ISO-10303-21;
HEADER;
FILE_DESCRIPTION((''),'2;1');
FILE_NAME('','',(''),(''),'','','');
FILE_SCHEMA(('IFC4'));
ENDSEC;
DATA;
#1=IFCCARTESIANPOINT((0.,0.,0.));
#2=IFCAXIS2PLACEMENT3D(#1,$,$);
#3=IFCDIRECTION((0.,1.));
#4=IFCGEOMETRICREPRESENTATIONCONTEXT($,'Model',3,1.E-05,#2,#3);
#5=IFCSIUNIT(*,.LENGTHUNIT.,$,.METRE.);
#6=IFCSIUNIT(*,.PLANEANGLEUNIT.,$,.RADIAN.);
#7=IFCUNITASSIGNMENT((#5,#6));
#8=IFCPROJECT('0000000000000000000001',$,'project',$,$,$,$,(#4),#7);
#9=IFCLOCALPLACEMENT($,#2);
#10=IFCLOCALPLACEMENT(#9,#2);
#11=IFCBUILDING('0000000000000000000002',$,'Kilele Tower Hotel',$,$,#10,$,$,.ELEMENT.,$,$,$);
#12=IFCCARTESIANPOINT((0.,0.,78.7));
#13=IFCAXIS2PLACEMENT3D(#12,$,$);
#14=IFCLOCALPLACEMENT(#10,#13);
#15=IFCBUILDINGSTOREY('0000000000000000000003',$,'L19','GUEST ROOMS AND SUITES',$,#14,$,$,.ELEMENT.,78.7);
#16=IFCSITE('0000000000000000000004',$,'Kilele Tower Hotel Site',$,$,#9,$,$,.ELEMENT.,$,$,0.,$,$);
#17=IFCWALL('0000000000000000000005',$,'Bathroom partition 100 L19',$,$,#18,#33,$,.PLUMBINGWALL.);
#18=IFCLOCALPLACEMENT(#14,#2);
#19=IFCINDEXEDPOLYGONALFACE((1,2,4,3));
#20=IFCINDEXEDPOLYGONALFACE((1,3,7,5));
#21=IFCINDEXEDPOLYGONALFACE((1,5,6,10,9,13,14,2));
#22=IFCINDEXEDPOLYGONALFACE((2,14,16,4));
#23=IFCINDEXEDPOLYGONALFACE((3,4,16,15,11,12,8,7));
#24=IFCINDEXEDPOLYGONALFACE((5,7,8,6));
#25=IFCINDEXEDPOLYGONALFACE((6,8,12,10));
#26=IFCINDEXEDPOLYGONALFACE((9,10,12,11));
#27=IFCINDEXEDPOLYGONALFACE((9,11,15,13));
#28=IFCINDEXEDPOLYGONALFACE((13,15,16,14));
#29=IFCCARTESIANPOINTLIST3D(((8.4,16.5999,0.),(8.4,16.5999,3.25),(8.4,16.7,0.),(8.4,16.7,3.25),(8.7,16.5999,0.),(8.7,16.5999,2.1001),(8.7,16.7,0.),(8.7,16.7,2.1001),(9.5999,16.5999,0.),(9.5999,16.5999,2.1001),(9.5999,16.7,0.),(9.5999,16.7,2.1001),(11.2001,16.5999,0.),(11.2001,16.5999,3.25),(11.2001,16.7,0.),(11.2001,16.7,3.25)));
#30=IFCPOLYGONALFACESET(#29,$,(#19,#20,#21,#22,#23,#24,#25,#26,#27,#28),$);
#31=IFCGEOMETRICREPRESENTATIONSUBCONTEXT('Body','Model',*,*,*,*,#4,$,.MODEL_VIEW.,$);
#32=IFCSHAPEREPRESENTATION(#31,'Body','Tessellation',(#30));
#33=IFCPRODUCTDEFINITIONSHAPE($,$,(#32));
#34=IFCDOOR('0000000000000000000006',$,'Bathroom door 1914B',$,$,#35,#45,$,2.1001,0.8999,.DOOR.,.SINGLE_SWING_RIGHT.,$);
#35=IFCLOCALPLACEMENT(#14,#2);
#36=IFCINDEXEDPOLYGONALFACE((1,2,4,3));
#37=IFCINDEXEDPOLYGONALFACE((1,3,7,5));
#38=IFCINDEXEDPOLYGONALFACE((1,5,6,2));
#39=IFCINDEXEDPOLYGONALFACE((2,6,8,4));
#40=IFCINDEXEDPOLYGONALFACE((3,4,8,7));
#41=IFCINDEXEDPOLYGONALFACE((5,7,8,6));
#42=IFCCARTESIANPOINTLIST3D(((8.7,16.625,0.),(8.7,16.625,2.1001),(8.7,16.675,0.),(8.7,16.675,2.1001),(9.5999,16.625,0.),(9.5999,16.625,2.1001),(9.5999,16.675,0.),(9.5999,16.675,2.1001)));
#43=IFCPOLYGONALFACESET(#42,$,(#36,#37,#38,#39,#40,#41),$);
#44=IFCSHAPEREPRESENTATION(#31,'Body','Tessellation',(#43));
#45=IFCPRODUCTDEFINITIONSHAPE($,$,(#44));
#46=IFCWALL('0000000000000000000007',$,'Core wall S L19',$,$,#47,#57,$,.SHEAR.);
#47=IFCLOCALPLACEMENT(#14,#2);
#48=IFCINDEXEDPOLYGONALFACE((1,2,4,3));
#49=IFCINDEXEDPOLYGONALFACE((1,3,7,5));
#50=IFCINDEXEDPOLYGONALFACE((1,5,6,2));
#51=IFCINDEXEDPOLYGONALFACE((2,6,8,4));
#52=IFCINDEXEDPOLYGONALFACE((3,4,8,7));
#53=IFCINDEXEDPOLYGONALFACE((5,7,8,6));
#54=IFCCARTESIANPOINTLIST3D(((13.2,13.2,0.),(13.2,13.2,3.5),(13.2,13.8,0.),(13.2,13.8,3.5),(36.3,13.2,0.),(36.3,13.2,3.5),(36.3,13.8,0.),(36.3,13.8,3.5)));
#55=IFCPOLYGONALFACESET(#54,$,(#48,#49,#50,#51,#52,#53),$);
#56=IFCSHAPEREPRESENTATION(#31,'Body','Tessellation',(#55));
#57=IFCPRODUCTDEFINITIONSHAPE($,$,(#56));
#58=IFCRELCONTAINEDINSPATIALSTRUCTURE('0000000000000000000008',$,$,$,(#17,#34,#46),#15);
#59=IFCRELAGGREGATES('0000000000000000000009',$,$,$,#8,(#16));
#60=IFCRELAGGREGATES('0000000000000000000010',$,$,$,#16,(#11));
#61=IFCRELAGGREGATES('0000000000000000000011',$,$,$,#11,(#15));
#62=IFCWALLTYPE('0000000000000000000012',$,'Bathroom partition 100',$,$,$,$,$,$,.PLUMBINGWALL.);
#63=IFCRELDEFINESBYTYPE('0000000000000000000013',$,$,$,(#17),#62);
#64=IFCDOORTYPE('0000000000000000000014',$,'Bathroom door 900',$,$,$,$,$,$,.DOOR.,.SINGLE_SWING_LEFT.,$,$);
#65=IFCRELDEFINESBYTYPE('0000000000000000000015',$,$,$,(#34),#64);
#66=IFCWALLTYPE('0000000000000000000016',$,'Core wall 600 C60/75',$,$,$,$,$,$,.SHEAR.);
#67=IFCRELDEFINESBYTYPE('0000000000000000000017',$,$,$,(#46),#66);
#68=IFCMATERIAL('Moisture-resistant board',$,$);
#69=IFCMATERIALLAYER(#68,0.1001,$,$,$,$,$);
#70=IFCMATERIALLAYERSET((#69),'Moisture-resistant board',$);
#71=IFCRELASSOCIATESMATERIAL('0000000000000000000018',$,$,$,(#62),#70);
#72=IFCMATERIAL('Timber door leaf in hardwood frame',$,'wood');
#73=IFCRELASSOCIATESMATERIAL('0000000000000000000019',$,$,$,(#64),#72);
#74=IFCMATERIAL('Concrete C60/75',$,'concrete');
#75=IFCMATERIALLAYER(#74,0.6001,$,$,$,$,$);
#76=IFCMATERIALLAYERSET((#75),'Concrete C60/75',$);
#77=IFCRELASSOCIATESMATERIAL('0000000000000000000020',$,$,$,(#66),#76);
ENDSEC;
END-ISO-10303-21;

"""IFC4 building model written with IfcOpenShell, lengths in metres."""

from ifc_helpers import new_model, si_unit, direction, frame, frame_2d, origin, place, context, subcontext, project, spatial, rectangle, extrude, material, layer, layer_set, type_object, element, fill, save


model = new_model("IFC4")

# Units and contexts
model_context = context("Model", 3, precision=1e-05, world=origin(), true_north=direction((0.0, 1.0)))
body_context = subcontext(model_context, "Body", "Model", "MODEL_VIEW")
ifc_project = project(units=[si_unit("LENGTHUNIT", "METRE"), si_unit("PLANEANGLEUNIT", "RADIAN")], contexts=[model_context])

# Site, building, storey
site_placement = place(None, origin())
site = spatial("IfcSite", under=ifc_project, at=site_placement, Name="Kilele Tower Hotel Site", CompositionType="ELEMENT", RefElevation=0.0)
building_placement = place(site_placement, origin())
building = spatial("IfcBuilding", under=site, at=building_placement, Name="Kilele Tower Hotel", CompositionType="ELEMENT")
storey_placement = place(building_placement, frame((0.0, 0.0, 78.7)))
storey = spatial("IfcBuildingStorey", under=building, at=storey_placement, Name="L19", Description="GUEST ROOMS AND SUITES", CompositionType="ELEMENT", Elevation=78.7)

# Wall, opening, door
ifc_material_1 = material(Name="Moisture-resistant board")
ifc_layer_1 = layer(ifc_material_1, 0.1001)
ifc_layer_set_1 = layer_set([ifc_layer_1], Name="Moisture-resistant board")
wall_type_1 = type_object("IfcWallType", Name="Bathroom partition 100", PredefinedType="PLUMBINGWALL", material=ifc_layer_set_1)
wall_1_placement = place(storey_placement, frame((11.2, 16.6499, 0.0), z_axis=(0.0, 0.0, 1.0), x_axis=(-1.0, 0.0, 0.0)))
wall_1 = element("IfcWall", 1, at=wall_1_placement, inside=storey, type_object=wall_type_1, Name="Bathroom partition 100 L19", PredefinedType="PLUMBINGWALL", context=body_context, shape_type="SweptSolid", body=[
    extrude(rectangle(XDim=2.8, YDim=0.1001, at=frame_2d((1.3999, 0.0))), origin(), (0.0, 0.0, 1.0), 3.25),
])
opening_1_placement = place(wall_1_placement, frame((1.6001, 0.0, 0.0)))
opening_1 = element("IfcOpeningElement", 2, at=opening_1_placement, cuts=wall_1, PredefinedType="OPENING", context=body_context, shape_type="SweptSolid", body=[
    extrude(rectangle(XDim=0.8999, YDim=2.1001, at=frame_2d((0.45, 1.05))), frame((0.0, 0.0601, 0.0), z_axis=(0.0, -1.0, 0.0), x_axis=(1.0, 0.0, 0.0)), (0.0, 0.0, 1.0), 0.1201),
])
ifc_material_2 = material(Name="Timber door leaf in hardwood frame", Category="wood")
door_type_1 = type_object("IfcDoorType", Name="Bathroom door 900", OperationType="SINGLE_SWING_LEFT", PredefinedType="DOOR", material=ifc_material_2)
door_1_placement = place(opening_1_placement, origin())
door_1 = element("IfcDoor", 3, at=door_1_placement, inside=storey, type_object=door_type_1, Name="Bathroom door 1914B", OperationType="SINGLE_SWING_RIGHT", OverallHeight=2.1001, OverallWidth=0.8999, PredefinedType="DOOR", context=body_context, shape_type="SweptSolid", body=[
    extrude(rectangle(XDim=0.8999, YDim=2.1001, at=frame_2d((0.45, 1.05))), frame((0.0, 0.0249, 0.0), z_axis=(0.0, -1.0, 0.0), x_axis=(1.0, 0.0, 0.0)), (0.0, 0.0, 1.0), 0.05),
])
fill(opening_1, door_1)

# Wall
ifc_material_3 = material(Name="Concrete C60/75", Category="concrete")
ifc_layer_2 = layer(ifc_material_3, 0.6001)
ifc_layer_set_2 = layer_set([ifc_layer_2], Name="Concrete C60/75")
wall_type_2 = type_object("IfcWallType", Name="Core wall 600 C60/75", PredefinedType="SHEAR", material=ifc_layer_set_2)
wall_2_placement = place(storey_placement, frame((13.2, 13.5, 0.0), z_axis=(0.0, 0.0, 1.0), x_axis=(1.0, 0.0, 0.0)))
element("IfcWall", 4, at=wall_2_placement, inside=storey, type_object=wall_type_2, Name="Core wall S L19", PredefinedType="SHEAR", context=body_context, shape_type="SweptSolid", body=[
    extrude(rectangle(XDim=23.1001, YDim=0.6001, at=frame_2d((11.55, 0.0))), origin(), (0.0, 0.0, 1.0), 3.5),
])

save(model, "model.ifc")
